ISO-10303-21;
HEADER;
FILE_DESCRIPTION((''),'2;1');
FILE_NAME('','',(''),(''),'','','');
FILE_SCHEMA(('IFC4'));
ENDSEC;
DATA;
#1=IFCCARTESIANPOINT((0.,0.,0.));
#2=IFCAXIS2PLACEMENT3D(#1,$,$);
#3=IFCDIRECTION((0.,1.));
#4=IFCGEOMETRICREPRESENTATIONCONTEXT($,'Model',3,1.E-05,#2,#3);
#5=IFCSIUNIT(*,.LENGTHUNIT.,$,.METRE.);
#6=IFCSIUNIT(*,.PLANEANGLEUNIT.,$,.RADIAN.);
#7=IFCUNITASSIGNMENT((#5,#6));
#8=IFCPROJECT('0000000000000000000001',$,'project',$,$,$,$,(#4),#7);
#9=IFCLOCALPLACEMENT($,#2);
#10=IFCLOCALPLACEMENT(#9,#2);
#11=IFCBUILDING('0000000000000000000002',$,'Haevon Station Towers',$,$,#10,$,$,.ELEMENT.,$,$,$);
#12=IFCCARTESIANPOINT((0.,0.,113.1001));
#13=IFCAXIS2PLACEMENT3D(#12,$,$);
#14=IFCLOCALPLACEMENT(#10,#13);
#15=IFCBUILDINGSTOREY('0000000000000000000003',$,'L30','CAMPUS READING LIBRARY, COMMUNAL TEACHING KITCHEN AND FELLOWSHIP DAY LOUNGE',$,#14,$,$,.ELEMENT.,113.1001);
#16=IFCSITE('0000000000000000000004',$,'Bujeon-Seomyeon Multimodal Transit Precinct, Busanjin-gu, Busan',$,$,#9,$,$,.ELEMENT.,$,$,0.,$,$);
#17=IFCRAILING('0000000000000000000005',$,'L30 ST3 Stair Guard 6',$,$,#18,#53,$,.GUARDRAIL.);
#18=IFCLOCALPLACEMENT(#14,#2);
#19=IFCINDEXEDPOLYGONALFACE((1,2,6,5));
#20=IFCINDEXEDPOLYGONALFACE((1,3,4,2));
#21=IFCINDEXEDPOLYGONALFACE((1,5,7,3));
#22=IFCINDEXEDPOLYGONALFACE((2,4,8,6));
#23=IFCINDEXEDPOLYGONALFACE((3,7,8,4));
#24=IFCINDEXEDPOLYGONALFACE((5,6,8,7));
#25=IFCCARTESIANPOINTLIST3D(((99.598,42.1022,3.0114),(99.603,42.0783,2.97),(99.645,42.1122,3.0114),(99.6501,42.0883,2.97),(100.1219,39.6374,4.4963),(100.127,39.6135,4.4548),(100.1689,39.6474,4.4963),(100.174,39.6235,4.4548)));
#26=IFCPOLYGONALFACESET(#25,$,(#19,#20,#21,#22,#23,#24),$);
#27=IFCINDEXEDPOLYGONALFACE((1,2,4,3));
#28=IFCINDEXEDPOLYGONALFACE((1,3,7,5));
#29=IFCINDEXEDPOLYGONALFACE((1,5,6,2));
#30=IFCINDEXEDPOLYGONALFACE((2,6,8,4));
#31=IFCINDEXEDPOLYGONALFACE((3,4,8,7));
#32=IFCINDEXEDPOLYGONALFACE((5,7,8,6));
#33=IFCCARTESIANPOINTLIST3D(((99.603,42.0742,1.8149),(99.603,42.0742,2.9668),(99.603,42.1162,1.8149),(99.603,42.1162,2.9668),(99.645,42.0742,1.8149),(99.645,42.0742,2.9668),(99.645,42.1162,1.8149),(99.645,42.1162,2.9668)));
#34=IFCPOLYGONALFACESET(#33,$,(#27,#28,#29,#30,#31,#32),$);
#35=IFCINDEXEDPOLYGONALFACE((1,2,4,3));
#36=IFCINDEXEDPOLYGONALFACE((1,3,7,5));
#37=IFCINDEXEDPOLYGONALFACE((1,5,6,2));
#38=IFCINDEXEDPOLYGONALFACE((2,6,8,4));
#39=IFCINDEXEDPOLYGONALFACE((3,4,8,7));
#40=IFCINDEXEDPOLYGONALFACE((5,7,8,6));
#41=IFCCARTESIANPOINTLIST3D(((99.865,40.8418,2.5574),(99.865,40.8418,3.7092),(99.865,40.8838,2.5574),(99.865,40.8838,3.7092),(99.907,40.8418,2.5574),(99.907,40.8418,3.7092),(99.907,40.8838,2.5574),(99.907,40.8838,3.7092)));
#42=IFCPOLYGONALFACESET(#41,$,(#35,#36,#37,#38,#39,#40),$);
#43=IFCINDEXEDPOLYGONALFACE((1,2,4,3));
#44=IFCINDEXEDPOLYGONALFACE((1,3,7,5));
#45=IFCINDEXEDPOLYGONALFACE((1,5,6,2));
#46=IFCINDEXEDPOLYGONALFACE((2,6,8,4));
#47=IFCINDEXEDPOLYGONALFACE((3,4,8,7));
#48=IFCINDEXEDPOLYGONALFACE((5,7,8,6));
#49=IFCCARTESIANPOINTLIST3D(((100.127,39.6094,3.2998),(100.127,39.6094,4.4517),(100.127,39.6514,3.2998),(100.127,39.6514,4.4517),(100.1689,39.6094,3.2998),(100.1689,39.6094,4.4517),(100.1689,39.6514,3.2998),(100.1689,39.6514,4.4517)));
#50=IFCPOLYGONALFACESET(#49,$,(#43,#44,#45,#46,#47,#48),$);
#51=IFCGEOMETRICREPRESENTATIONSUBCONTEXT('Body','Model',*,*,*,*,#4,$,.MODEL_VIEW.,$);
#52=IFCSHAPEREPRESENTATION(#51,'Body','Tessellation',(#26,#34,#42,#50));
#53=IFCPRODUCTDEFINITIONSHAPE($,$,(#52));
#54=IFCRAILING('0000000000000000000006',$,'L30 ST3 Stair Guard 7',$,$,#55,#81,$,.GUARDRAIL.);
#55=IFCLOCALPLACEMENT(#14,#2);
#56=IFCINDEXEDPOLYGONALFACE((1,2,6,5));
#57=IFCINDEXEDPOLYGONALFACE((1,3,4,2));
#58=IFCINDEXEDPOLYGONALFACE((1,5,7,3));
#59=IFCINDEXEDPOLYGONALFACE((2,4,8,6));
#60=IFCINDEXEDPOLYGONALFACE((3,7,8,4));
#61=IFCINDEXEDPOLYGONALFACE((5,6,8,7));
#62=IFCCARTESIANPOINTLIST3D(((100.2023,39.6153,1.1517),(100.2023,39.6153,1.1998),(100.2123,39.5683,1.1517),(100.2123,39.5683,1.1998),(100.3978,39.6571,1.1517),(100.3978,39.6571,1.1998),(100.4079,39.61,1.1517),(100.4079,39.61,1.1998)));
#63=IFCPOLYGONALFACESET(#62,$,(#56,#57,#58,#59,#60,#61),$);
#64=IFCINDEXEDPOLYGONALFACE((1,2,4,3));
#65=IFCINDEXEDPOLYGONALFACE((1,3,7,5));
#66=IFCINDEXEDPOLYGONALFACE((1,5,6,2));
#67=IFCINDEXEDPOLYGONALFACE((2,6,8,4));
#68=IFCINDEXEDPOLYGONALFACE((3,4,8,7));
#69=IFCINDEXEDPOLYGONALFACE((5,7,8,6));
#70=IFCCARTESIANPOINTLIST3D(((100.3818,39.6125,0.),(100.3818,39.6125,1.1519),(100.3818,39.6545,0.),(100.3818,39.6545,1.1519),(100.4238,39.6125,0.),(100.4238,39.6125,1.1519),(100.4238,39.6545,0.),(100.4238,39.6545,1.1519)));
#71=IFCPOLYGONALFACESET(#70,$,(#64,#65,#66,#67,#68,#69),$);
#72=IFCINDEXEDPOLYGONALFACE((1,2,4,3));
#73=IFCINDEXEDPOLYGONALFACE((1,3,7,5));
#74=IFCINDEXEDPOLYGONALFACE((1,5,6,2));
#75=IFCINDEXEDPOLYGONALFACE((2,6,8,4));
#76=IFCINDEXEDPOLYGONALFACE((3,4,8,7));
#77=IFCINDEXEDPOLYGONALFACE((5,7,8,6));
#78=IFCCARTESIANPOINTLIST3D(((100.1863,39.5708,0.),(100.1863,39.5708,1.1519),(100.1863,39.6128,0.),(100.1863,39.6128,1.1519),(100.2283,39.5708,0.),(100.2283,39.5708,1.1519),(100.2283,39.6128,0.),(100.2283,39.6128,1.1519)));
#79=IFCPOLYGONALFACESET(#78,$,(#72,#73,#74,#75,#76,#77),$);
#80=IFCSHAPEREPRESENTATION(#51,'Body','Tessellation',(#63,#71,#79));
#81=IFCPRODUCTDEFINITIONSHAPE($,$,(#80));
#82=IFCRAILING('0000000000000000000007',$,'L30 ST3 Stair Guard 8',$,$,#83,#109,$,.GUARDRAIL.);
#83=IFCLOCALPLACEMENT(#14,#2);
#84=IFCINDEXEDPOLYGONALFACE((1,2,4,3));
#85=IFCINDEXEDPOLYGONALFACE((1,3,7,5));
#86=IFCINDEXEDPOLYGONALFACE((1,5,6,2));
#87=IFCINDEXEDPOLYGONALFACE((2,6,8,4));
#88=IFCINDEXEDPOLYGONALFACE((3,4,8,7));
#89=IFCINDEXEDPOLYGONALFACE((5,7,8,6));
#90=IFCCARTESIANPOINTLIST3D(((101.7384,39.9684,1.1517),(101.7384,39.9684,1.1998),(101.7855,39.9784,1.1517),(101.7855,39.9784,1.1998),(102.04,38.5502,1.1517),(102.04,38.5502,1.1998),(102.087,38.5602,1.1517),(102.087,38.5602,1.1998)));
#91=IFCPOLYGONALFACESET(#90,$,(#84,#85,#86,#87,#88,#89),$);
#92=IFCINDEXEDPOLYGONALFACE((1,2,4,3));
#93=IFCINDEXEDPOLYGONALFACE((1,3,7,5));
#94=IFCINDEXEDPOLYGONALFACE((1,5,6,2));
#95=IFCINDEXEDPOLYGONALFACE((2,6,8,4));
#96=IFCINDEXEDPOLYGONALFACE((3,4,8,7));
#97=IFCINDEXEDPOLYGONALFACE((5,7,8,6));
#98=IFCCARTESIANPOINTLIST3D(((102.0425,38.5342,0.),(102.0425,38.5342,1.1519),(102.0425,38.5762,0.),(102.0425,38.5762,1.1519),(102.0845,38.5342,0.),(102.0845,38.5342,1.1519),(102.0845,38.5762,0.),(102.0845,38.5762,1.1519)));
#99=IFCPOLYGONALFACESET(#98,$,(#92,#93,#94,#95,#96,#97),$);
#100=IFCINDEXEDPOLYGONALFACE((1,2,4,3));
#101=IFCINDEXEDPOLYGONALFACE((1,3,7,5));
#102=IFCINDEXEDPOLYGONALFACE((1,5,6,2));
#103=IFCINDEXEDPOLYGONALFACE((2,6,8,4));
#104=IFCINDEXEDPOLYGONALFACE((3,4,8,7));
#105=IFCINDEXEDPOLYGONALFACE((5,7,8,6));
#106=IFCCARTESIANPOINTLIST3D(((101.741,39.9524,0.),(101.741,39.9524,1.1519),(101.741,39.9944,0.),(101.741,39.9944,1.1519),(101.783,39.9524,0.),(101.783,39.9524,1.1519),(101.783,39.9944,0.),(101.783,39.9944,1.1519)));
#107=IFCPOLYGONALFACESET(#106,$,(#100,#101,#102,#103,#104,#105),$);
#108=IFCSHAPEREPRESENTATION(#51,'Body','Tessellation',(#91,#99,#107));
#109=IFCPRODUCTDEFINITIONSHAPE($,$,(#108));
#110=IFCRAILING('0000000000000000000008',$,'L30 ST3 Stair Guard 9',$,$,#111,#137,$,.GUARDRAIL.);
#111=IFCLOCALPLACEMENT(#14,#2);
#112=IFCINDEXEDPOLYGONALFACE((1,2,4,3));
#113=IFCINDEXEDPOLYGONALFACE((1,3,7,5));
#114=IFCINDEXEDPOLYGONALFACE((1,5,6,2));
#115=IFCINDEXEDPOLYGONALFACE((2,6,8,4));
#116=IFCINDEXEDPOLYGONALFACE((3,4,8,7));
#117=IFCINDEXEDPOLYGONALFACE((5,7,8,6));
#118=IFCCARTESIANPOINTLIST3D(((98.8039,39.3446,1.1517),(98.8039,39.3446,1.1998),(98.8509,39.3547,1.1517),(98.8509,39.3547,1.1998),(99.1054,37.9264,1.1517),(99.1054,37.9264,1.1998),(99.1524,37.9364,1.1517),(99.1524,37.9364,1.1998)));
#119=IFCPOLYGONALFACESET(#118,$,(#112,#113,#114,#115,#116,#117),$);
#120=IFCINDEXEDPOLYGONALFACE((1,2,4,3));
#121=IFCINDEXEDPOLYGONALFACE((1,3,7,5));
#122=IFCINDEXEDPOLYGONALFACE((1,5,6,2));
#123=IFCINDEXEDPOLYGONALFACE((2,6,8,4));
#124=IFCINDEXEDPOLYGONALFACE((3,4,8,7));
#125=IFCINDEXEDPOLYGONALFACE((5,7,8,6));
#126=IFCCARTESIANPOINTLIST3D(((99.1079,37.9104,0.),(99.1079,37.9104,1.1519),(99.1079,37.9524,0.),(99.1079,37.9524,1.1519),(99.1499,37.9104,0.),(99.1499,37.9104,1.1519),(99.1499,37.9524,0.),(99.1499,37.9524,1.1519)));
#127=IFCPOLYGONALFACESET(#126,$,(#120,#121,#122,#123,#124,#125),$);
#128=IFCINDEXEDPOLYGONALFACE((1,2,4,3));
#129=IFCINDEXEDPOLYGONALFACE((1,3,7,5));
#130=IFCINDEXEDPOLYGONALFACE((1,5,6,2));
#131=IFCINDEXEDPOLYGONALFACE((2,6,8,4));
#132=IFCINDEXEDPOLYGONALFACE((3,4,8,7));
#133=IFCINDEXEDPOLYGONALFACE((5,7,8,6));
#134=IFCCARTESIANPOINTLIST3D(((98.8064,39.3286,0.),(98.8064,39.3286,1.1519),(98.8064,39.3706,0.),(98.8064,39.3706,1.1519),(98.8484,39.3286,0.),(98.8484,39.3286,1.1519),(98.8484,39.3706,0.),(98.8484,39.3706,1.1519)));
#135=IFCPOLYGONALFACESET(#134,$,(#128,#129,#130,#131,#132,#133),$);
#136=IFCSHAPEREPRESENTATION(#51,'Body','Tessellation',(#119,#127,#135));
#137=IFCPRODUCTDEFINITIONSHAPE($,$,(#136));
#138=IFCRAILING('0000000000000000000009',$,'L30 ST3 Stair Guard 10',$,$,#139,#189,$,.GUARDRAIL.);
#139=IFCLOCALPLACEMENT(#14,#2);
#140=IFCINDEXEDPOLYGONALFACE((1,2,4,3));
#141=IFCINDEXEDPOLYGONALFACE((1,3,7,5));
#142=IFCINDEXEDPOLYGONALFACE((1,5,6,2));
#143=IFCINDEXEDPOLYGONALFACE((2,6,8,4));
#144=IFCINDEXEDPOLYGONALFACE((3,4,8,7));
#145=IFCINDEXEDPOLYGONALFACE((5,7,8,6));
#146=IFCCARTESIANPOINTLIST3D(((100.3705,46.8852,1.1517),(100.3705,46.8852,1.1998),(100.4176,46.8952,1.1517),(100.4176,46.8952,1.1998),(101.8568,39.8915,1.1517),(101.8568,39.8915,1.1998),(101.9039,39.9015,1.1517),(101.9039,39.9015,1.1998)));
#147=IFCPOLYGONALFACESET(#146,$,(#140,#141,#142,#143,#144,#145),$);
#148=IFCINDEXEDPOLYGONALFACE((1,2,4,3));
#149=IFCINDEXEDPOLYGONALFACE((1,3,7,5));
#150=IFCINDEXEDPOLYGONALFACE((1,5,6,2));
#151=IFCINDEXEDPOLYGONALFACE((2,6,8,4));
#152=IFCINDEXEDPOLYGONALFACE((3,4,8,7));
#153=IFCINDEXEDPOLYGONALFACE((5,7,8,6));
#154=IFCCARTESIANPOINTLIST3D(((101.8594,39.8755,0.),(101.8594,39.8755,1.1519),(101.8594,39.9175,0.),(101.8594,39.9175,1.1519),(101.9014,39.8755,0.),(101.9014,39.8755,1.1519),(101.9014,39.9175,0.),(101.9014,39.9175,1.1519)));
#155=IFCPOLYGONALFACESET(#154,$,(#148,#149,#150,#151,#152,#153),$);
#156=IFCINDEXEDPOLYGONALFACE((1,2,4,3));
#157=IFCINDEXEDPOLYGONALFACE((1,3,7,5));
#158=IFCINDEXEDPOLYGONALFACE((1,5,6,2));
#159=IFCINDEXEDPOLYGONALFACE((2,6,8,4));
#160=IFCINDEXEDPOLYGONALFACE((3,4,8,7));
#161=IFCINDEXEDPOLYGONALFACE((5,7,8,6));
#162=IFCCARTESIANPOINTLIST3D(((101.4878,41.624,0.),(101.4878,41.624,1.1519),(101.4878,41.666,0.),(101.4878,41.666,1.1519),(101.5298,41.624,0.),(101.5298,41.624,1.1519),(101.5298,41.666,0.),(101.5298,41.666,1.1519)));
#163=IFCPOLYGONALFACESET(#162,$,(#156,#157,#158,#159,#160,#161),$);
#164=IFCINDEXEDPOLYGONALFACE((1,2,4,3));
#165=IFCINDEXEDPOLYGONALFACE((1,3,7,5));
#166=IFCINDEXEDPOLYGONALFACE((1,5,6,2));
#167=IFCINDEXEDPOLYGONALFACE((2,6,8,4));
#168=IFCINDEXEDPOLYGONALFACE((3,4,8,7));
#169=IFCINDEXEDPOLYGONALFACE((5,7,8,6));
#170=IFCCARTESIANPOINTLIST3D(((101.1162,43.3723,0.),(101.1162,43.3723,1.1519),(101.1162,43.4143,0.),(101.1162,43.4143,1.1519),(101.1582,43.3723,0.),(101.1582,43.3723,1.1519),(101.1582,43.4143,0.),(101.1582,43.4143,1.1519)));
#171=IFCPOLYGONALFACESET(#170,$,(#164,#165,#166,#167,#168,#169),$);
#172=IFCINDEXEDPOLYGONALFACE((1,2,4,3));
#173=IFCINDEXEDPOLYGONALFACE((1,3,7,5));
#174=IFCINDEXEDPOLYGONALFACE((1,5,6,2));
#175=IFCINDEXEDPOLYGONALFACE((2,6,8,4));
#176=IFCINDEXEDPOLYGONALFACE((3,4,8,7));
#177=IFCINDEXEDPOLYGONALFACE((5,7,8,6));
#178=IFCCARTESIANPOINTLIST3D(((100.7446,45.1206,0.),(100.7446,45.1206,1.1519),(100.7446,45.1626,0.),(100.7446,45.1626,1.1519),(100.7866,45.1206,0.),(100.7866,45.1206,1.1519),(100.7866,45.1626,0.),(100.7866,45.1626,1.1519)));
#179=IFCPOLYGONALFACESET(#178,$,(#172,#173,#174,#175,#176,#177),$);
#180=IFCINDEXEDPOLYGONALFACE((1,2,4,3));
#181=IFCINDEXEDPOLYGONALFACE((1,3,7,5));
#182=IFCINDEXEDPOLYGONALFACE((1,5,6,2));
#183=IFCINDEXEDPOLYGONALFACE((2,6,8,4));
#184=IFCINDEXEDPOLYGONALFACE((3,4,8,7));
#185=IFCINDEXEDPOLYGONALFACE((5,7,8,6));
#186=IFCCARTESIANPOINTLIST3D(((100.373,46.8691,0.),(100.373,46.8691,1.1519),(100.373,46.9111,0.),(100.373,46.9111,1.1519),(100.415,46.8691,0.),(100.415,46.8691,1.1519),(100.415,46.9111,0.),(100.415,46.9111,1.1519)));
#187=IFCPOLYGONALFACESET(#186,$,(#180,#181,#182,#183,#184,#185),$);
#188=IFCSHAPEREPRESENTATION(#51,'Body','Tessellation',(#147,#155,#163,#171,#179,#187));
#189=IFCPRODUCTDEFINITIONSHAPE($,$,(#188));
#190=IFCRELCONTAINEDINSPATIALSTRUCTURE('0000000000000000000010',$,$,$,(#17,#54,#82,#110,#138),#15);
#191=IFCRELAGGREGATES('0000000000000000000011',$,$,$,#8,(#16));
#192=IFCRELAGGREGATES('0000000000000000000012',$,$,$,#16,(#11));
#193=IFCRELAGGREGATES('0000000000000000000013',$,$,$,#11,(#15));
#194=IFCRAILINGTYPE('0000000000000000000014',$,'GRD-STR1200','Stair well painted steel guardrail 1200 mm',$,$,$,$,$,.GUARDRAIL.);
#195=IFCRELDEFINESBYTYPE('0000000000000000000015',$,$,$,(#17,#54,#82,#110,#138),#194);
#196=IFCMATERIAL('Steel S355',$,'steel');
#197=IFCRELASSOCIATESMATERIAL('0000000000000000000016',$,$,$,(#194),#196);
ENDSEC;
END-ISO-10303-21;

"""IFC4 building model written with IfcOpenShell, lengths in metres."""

from ifc_helpers import new_model, si_unit, direction, frame, origin, origin_2d, place, context, subcontext, project, spatial, rectangle, extrude, material, type_object, element, save


model = new_model("IFC4")

# Units and contexts
model_context = context("Model", 3, precision=1e-05, world=origin(), true_north=direction((0.0, 1.0)))
body_context = subcontext(model_context, "Body", "Model", "MODEL_VIEW")
ifc_project = project(units=[si_unit("LENGTHUNIT", "METRE"), si_unit("PLANEANGLEUNIT", "RADIAN")], contexts=[model_context])

# Site, building, storey
site_placement = place(None, origin())
site = spatial("IfcSite", under=ifc_project, at=site_placement, Name="Bujeon-Seomyeon Multimodal Transit Precinct, Busanjin-gu, Busan", CompositionType="ELEMENT", RefElevation=0.0)
building_placement = place(site_placement, origin())
building = spatial("IfcBuilding", under=site, at=building_placement, Name="Haevon Station Towers", CompositionType="ELEMENT")
storey_placement = place(building_placement, frame((0.0, 0.0, 113.1001)))
storey = spatial("IfcBuildingStorey", under=building, at=storey_placement, Name="L30", Description="CAMPUS READING LIBRARY, COMMUNAL TEACHING KITCHEN AND FELLOWSHIP DAY LOUNGE", CompositionType="ELEMENT", Elevation=113.1001)

# Shared definitions
ifc_material_1 = material(Name="Steel S355", Category="steel")

# Railings
railing_type_1 = type_object("IfcRailingType", Name="GRD-STR1200", Description="Stair well painted steel guardrail 1200 mm", PredefinedType="GUARDRAIL", material=ifc_material_1)
railing_1_placement = place(storey_placement, frame((99.624, 42.0952, 1.8149)))
element("IfcRailing", 1, at=railing_1_placement, inside=storey, type_object=railing_type_1, Name="L30 ST3 Stair Guard 6", PredefinedType="GUARDRAIL", context=body_context, shape_type="SweptSolid", body=[
    extrude(rectangle(XDim=0.0481, YDim=0.0481, at=origin_2d()), frame((0.0, 0.0, 1.1758), z_axis=(0.179129, -0.842724, 0.507671), x_axis=(0.978147, 0.207914, 0.0)), (0.0, 0.0, 1.0), 2.9248),
    extrude(rectangle(XDim=0.042, YDim=0.042, at=origin_2d()), origin(), (0.0, 0.0, 1.0), 1.1519),
    extrude(rectangle(XDim=0.042, YDim=0.042, at=origin_2d()), frame((0.262, -1.2324, 0.7424)), (0.0, 0.0, 1.0), 1.1519),
    extrude(rectangle(XDim=0.042, YDim=0.042, at=origin_2d()), frame((0.5239, -2.4648, 1.4849)), (0.0, 0.0, 1.0), 1.1519),
])
railing_2_placement = place(storey_placement, frame((100.4028, 39.6335, 0.0)))
element("IfcRailing", 2, at=railing_2_placement, inside=storey, type_object=railing_type_1, Name="L30 ST3 Stair Guard 7", PredefinedType="GUARDRAIL", context=body_context, shape_type="SweptSolid", body=[
    extrude(rectangle(XDim=0.0481, YDim=0.0481, at=origin_2d()), frame((0.0, 0.0, 1.1758), z_axis=(-0.977963, -0.208779, 0.0), x_axis=(0.208779, -0.977963, 0.0)), (0.0, 0.0, 1.0), 0.2),
    extrude(rectangle(XDim=0.042, YDim=0.042, at=origin_2d()), origin(), (0.0, 0.0, 1.0), 1.1519),
    extrude(rectangle(XDim=0.042, YDim=0.042, at=origin_2d()), frame((-0.1956, -0.0417, 0.0)), (0.0, 0.0, 1.0), 1.1519),
])
for number, where, name in (
    (3, (102.0635, 38.5552, 0.0), "L30 ST3 Stair Guard 8"),
    (4, (99.1289, 37.9314, 0.0), "L30 ST3 Stair Guard 9"),
):
    element("IfcRailing", number, at=place(storey_placement, frame(where)), inside=storey, type_object=railing_type_1, Name=name, PredefinedType="GUARDRAIL", context=body_context, shape_type="SweptSolid", body=[
        extrude(rectangle(XDim=0.0481, YDim=0.0481, at=origin_2d()), frame((0.0, 0.0, 1.1758), z_axis=(-0.207953, 0.978139, 0.0), x_axis=(-0.978139, -0.207953, 0.0)), (0.0, 0.0, 1.0), 1.45),
        extrude(rectangle(XDim=0.042, YDim=0.042, at=origin_2d()), origin(), (0.0, 0.0, 1.0), 1.1519),
        extrude(rectangle(XDim=0.042, YDim=0.042, at=origin_2d()), frame((-0.3015, 1.4182, 0.0)), (0.0, 0.0, 1.0), 1.1519),
    ])
railing_3_placement = place(storey_placement, frame((101.8804, 39.8965, 0.0)))
element("IfcRailing", 5, at=railing_3_placement, inside=storey, type_object=railing_type_1, Name="L30 ST3 Stair Guard 10", PredefinedType="GUARDRAIL", context=body_context, shape_type="SweptSolid", body=[
    extrude(rectangle(XDim=0.0481, YDim=0.0481, at=origin_2d()), frame((0.0, 0.0, 1.1758), z_axis=(-0.207882, 0.978154, 0.0), x_axis=(-0.978154, -0.207882, 0.0)), (0.0, 0.0, 1.0), 7.1499),
    extrude(rectangle(XDim=0.042, YDim=0.042, at=origin_2d()), origin(), (0.0, 0.0, 1.0), 1.1519),
    extrude(rectangle(XDim=0.042, YDim=0.042, at=origin_2d()), frame((-0.3716, 1.7485, 0.0)), (0.0, 0.0, 1.0), 1.1519),
    extrude(rectangle(XDim=0.042, YDim=0.042, at=origin_2d()), frame((-0.7432, 3.4968, 0.0)), (0.0, 0.0, 1.0), 1.1519),
    extrude(rectangle(XDim=0.042, YDim=0.042, at=origin_2d()), frame((-1.1147, 5.2451, 0.0)), (0.0, 0.0, 1.0), 1.1519),
    extrude(rectangle(XDim=0.042, YDim=0.042, at=origin_2d()), frame((-1.4863, 6.9937, 0.0)), (0.0, 0.0, 1.0), 1.1519),
])

save(model, "model.ifc")
